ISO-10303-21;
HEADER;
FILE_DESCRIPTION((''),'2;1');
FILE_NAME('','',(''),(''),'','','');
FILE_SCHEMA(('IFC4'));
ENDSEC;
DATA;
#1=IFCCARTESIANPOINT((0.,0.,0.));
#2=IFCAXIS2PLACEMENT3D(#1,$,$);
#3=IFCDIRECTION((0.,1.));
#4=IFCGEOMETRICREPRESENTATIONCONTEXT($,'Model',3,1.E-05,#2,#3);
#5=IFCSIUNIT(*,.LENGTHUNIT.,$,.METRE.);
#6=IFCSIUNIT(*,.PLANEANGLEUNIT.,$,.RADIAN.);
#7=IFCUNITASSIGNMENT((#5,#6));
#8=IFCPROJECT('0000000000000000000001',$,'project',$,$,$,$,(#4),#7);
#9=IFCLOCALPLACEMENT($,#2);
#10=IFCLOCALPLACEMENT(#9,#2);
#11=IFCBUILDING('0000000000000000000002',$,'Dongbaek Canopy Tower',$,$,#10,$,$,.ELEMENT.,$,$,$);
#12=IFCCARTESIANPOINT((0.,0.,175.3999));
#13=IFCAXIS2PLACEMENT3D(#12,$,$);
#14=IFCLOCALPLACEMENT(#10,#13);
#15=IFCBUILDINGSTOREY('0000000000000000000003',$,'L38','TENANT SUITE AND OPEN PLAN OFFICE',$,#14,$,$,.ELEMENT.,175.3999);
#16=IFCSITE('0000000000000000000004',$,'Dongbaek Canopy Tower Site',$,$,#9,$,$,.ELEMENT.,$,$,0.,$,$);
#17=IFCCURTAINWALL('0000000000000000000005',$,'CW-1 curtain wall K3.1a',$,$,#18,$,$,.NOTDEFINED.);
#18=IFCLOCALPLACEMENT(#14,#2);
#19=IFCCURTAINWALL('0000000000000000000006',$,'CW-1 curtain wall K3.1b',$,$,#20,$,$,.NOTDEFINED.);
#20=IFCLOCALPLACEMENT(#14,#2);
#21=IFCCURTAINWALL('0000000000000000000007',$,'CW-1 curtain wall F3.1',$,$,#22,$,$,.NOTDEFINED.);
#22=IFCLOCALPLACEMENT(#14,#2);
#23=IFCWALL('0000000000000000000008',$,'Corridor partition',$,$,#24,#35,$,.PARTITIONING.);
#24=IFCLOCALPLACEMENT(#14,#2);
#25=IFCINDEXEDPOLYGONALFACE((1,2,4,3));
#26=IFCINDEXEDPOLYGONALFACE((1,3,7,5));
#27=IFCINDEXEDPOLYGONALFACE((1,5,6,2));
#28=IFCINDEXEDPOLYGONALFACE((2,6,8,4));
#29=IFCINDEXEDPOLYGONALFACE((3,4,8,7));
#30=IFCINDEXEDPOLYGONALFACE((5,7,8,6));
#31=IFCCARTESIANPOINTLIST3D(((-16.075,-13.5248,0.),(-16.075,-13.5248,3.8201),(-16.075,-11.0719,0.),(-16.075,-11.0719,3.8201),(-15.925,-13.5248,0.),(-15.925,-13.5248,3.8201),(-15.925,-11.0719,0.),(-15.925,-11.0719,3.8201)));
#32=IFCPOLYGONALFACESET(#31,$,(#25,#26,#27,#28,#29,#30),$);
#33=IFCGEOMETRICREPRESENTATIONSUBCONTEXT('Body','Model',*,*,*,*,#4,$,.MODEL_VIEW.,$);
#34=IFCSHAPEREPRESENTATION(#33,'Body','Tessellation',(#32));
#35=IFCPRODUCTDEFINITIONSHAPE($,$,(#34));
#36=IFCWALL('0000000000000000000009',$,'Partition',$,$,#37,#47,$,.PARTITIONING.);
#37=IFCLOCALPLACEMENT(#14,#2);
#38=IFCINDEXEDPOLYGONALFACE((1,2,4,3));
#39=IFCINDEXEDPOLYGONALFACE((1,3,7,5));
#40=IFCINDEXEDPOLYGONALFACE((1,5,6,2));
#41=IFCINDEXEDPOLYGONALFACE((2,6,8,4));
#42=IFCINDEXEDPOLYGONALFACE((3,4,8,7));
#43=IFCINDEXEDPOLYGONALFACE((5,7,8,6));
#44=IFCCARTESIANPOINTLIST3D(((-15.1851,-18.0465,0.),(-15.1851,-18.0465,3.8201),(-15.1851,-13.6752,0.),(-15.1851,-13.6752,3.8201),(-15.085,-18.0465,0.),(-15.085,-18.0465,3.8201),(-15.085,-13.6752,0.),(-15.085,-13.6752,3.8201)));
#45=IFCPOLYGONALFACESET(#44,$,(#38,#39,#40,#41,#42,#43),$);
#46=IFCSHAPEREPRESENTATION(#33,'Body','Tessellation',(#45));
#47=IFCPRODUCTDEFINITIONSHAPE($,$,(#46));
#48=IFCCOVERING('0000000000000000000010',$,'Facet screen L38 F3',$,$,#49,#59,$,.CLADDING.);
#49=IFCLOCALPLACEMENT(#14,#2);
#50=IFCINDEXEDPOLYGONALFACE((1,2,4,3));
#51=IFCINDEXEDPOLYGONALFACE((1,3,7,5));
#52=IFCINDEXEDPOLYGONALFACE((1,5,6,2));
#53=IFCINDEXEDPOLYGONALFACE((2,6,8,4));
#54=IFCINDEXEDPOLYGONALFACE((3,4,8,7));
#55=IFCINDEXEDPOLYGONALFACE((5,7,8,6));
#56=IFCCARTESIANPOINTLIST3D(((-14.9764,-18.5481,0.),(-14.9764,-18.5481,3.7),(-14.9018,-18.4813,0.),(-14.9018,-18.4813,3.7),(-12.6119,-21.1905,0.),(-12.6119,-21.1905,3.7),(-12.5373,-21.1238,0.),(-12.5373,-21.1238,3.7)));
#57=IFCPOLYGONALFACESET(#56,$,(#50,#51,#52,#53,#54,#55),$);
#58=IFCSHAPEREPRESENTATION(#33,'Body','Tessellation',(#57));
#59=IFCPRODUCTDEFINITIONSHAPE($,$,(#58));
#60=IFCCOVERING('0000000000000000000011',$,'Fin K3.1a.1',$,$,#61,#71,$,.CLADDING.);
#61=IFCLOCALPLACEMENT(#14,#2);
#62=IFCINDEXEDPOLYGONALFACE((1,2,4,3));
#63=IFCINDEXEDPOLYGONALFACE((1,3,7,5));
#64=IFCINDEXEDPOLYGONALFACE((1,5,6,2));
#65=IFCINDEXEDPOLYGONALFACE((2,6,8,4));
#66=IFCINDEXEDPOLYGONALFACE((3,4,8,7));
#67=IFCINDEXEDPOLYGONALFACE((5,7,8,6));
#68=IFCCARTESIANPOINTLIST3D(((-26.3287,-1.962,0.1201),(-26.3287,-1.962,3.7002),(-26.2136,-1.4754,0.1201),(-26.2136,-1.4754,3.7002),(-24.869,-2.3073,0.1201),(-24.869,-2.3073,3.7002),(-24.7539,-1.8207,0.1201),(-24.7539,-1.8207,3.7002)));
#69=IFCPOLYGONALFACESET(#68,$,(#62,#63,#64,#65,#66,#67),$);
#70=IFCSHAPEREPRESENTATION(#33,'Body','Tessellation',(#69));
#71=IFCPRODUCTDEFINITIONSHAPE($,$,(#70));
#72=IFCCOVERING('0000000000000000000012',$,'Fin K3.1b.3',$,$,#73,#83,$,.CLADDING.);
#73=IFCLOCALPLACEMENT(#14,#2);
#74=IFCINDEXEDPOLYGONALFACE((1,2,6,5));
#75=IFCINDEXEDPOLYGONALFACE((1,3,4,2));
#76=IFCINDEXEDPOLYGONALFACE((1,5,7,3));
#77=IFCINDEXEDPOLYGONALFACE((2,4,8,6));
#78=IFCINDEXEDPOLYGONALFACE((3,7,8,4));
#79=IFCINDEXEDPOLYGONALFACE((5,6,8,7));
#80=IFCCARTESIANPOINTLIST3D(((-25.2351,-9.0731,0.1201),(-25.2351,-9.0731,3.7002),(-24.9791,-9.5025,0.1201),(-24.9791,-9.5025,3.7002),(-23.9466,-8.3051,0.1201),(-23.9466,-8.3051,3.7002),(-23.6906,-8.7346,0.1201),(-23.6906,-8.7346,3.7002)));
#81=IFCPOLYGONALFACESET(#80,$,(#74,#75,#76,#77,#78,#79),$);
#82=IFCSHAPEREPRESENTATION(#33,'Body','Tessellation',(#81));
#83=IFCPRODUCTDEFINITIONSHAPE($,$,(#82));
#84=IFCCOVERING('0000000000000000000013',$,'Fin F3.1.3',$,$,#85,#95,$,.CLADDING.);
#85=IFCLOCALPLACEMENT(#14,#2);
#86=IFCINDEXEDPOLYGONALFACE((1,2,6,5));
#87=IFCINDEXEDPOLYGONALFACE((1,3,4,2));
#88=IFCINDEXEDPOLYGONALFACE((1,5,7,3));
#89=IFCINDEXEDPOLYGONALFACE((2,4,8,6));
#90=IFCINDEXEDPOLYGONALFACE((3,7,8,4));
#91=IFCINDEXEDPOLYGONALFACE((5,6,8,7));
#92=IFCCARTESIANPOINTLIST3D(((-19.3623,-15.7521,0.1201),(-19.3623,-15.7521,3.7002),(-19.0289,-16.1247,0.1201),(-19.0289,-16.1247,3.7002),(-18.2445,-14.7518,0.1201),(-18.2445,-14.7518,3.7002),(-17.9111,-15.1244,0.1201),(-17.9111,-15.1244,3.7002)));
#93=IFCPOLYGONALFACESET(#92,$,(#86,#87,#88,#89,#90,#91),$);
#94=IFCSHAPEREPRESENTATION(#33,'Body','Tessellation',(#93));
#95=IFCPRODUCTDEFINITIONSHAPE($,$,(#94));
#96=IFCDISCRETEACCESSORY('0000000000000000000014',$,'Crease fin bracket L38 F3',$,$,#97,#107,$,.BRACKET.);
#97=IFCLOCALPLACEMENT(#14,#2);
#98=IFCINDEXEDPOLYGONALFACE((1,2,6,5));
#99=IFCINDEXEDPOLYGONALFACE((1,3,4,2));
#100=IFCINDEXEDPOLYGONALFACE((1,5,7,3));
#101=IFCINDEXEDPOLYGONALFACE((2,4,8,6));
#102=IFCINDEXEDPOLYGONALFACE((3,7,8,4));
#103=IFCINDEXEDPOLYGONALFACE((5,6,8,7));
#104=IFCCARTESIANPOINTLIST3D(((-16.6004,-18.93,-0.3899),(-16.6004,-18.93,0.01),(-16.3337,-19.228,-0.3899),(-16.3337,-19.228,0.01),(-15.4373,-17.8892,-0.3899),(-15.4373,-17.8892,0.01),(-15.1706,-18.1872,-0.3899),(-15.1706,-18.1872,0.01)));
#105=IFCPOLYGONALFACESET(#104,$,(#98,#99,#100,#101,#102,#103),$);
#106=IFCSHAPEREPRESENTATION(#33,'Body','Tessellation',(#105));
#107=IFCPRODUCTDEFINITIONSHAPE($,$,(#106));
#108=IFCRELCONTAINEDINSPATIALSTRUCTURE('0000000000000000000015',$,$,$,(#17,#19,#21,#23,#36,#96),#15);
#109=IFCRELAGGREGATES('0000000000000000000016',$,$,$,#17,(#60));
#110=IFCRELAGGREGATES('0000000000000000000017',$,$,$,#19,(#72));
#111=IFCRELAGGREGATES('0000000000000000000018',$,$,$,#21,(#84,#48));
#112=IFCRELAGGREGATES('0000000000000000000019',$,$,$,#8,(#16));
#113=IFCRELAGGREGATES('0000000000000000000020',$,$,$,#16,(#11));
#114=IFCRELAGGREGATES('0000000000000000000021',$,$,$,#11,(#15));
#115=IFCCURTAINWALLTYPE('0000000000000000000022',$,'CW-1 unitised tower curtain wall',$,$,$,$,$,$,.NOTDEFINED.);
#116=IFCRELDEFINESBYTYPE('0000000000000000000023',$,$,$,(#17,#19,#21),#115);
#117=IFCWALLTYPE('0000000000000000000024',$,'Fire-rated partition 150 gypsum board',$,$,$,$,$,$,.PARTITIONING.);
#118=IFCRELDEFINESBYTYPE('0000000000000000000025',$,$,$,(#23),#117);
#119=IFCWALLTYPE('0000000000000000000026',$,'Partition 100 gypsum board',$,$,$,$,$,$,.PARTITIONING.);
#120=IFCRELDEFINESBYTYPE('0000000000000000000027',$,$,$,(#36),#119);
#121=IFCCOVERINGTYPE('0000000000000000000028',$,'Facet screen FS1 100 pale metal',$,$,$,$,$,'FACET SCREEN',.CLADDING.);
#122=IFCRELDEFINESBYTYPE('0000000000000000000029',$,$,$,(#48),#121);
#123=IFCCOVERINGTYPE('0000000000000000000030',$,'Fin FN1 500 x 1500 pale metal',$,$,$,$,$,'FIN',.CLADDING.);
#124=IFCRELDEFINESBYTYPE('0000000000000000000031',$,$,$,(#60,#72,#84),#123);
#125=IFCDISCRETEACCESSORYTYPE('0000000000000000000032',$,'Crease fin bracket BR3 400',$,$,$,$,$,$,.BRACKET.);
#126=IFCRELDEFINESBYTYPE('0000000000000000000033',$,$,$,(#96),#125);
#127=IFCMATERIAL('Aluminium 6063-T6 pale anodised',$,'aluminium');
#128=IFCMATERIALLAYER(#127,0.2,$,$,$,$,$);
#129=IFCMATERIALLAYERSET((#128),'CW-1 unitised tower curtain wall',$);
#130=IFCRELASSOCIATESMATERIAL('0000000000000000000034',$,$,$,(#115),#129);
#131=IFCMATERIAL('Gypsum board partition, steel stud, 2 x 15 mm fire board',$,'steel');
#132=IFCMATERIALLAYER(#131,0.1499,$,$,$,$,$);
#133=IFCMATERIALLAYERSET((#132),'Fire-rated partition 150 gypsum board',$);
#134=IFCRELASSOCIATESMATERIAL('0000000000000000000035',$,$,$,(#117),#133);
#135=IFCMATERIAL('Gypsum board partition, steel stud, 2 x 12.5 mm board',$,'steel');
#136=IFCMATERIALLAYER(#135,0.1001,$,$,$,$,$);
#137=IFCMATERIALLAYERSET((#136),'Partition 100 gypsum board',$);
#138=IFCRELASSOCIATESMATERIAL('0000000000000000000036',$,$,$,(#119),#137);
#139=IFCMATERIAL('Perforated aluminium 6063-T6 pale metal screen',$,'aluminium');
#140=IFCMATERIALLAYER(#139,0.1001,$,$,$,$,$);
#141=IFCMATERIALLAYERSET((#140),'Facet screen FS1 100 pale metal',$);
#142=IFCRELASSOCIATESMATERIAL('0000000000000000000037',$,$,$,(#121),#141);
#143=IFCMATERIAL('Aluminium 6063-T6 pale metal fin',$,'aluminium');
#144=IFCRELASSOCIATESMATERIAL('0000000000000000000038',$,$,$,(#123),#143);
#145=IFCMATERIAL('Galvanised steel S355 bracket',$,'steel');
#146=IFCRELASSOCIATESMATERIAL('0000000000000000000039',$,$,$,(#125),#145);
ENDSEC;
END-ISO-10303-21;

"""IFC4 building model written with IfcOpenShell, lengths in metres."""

from ifc_helpers import new_model, si_unit, direction, frame, frame_2d, origin, origin_2d, place, context, subcontext, project, spatial, rectangle, extrude, material, layer, layer_set, material_profile, profile_set, type_object, element, aggregate, save


model = new_model("IFC4")

# Units and contexts
model_context = context("Model", 3, precision=1e-05, world=origin(), true_north=direction((0.0, 1.0)))
body_context = subcontext(model_context, "Body", "Model", "MODEL_VIEW")
ifc_project = project(units=[si_unit("LENGTHUNIT", "METRE"), si_unit("PLANEANGLEUNIT", "RADIAN")], contexts=[model_context])

# Site, building, storey
site_placement = place(None, origin())
site = spatial("IfcSite", under=ifc_project, at=site_placement, Name="Dongbaek Canopy Tower Site", CompositionType="ELEMENT", RefElevation=0.0)
building_placement = place(site_placement, origin())
building = spatial("IfcBuilding", under=site, at=building_placement, Name="Dongbaek Canopy Tower", CompositionType="ELEMENT")
storey_placement = place(building_placement, frame((0.0, 0.0, 175.3999)))
storey = spatial("IfcBuildingStorey", under=building, at=storey_placement, Name="L38", Description="TENANT SUITE AND OPEN PLAN OFFICE", CompositionType="ELEMENT", Elevation=175.3999)

# Shared definitions
ifc_material_1 = material(Name="Aluminium 6063-T6 pale anodised", Category="aluminium")
ifc_layer_1 = layer(ifc_material_1, 0.2)
ifc_layer_set_1 = layer_set([ifc_layer_1], Name="CW-1 unitised tower curtain wall")
curtain_wall_type = type_object("IfcCurtainWallType", Name="CW-1 unitised tower curtain wall", PredefinedType="NOTDEFINED", material=ifc_layer_set_1)

# Curtain walls
curtain_wall_1_placement = place(storey_placement, origin())
curtain_wall_1 = element("IfcCurtainWall", 1, at=curtain_wall_1_placement, inside=storey, type_object=curtain_wall_type, Name="CW-1 curtain wall K3.1a", PredefinedType="NOTDEFINED")
curtain_wall_2_placement = place(storey_placement, origin())
curtain_wall_2 = element("IfcCurtainWall", 2, at=curtain_wall_2_placement, inside=storey, type_object=curtain_wall_type, Name="CW-1 curtain wall K3.1b", PredefinedType="NOTDEFINED")
curtain_wall_3_placement = place(storey_placement, origin())
curtain_wall_3 = element("IfcCurtainWall", 3, at=curtain_wall_3_placement, inside=storey, type_object=curtain_wall_type, Name="CW-1 curtain wall F3.1", PredefinedType="NOTDEFINED")

# Walls
ifc_material_2 = material(Name="Gypsum board partition, steel stud, 2 x 15 mm fire board", Category="steel")
ifc_layer_2 = layer(ifc_material_2, 0.1499)
ifc_layer_set_2 = layer_set([ifc_layer_2], Name="Fire-rated partition 150 gypsum board")
wall_type_1 = type_object("IfcWallType", Name="Fire-rated partition 150 gypsum board", PredefinedType="PARTITIONING", material=ifc_layer_set_2)
wall_1_placement = place(storey_placement, frame((-16.0, -13.5249, 0.0), z_axis=(0.0, 0.0, 1.0), x_axis=(0.0, 1.0, 0.0)))
element("IfcWall", 4, at=wall_1_placement, inside=storey, type_object=wall_type_1, Name="Corridor partition", PredefinedType="PARTITIONING", context=body_context, shape_type="SweptSolid", body=[
    extrude(rectangle(XDim=2.4529, YDim=0.1499, at=frame_2d((1.2266, 0.0))), origin(), (0.0, 0.0, 1.0), 3.8201),
])
ifc_material_3 = material(Name="Gypsum board partition, steel stud, 2 x 12.5 mm board", Category="steel")
ifc_layer_3 = layer(ifc_material_3, 0.1001)
ifc_layer_set_3 = layer_set([ifc_layer_3], Name="Partition 100 gypsum board")
wall_type_2 = type_object("IfcWallType", Name="Partition 100 gypsum board", PredefinedType="PARTITIONING", material=ifc_layer_set_3)
wall_2_placement = place(storey_placement, frame((-15.135, -18.0464, 0.0), z_axis=(0.0, 0.0, 1.0), x_axis=(0.0, 1.0, 0.0)))
element("IfcWall", 5, at=wall_2_placement, inside=storey, type_object=wall_type_2, Name="Partition", PredefinedType="PARTITIONING", context=body_context, shape_type="SweptSolid", body=[
    extrude(rectangle(XDim=4.3713, YDim=0.1001, at=frame_2d((2.1855, 0.0))), origin(), (0.0, 0.0, 1.0), 3.8201),
])

# Coverings
ifc_material_4 = material(Name="Perforated aluminium 6063-T6 pale metal screen", Category="aluminium")
ifc_layer_4 = layer(ifc_material_4, 0.1001)
ifc_layer_set_4 = layer_set([ifc_layer_4], Name="Facet screen FS1 100 pale metal")
covering_type_1 = type_object("IfcCoveringType", Name="Facet screen FS1 100 pale metal", ElementType="FACET SCREEN", PredefinedType="CLADDING", material=ifc_layer_set_4)
covering_1_placement = place(storey_placement, frame((-13.7568, -19.8359, 0.0), z_axis=(0.0, 0.0, 1.0), x_axis=(0.666829, -0.745211, 0.0)))
covering_1 = element("IfcCovering", 6, at=covering_1_placement, type_object=covering_type_1, Name="Facet screen L38 F3", PredefinedType="CLADDING", context=body_context, shape_type="SweptSolid", body=[
    extrude(rectangle(XDim=3.5459, YDim=0.1001, at=origin_2d()), origin(), (0.0, 0.0, 1.0), 3.7),
])
ifc_material_5 = material(Name="Aluminium 6063-T6 pale metal fin", Category="aluminium")
ifc_material_profile_1 = material_profile(ifc_material_5, rectangle(XDim=1.5, YDim=0.5, at=origin_2d()), Name="Fin FN1 500 x 1500 pale metal")
ifc_profile_set_1 = profile_set([ifc_material_profile_1], Name="Aluminium 6063-T6 pale metal fin")
covering_type_2 = type_object("IfcCoveringType", Name="Fin FN1 500 x 1500 pale metal", ElementType="FIN", PredefinedType="CLADDING", material=ifc_profile_set_1)
covering_2_placement = place(storey_placement, frame((-25.5413, -1.8914, 0.1201), z_axis=(0.0, 0.0, 1.0), x_axis=(-0.973142, 0.230206, 0.0)))
covering_2 = element("IfcCovering", 7, at=covering_2_placement, type_object=covering_type_2, Name="Fin K3.1a.1", PredefinedType="CLADDING", context=body_context, shape_type="SweptSolid", body=[
    extrude(rectangle(XDim=1.5, YDim=0.5, at=origin_2d()), origin(), (0.0, 0.0, 1.0), 3.5801),
])
aggregate(curtain_wall_1, [covering_2])
covering_3_placement = place(storey_placement, frame((-24.4629, -8.9038, 0.1201), z_axis=(0.0, 0.0, 1.0), x_axis=(-0.858992, -0.511989, 0.0)))
covering_3 = element("IfcCovering", 8, at=covering_3_placement, type_object=covering_type_2, Name="Fin K3.1b.3", PredefinedType="CLADDING", context=body_context, shape_type="SweptSolid", body=[
    extrude(rectangle(XDim=1.5, YDim=0.5, at=origin_2d()), origin(), (0.0, 0.0, 1.0), 3.5801),
])
aggregate(curtain_wall_2, [covering_3])
covering_4_placement = place(storey_placement, frame((-18.6367, -15.4382, 0.1201), z_axis=(0.0, 0.0, 1.0), x_axis=(-0.745211, -0.666829, 0.0)))
covering_4 = element("IfcCovering", 9, at=covering_4_placement, type_object=covering_type_2, Name="Fin F3.1.3", PredefinedType="CLADDING", context=body_context, shape_type="SweptSolid", body=[
    extrude(rectangle(XDim=1.5, YDim=0.5, at=origin_2d()), origin(), (0.0, 0.0, 1.0), 3.5801),
])
aggregate(curtain_wall_3, [covering_4, covering_1])

# Discrete accessory
ifc_material_6 = material(Name="Galvanised steel S355 bracket", Category="steel")
discrete_accessory_type = type_object("IfcDiscreteAccessoryType", Name="Crease fin bracket BR3 400", PredefinedType="BRACKET", material=ifc_material_6)
discrete_accessory_placement = place(storey_placement, frame((-15.8855, -18.5586, -0.3899), z_axis=(0.0, 0.0, 1.0), x_axis=(-0.745211, -0.666829, 0.0)))
element("IfcDiscreteAccessory", 10, at=discrete_accessory_placement, inside=storey, type_object=discrete_accessory_type, Name="Crease fin bracket L38 F3", PredefinedType="BRACKET", context=body_context, shape_type="SweptSolid", body=[
    extrude(rectangle(XDim=1.5608, YDim=0.3999, at=origin_2d()), origin(), (0.0, 0.0, 1.0), 0.3999),
])

save(model, "model.ifc")
